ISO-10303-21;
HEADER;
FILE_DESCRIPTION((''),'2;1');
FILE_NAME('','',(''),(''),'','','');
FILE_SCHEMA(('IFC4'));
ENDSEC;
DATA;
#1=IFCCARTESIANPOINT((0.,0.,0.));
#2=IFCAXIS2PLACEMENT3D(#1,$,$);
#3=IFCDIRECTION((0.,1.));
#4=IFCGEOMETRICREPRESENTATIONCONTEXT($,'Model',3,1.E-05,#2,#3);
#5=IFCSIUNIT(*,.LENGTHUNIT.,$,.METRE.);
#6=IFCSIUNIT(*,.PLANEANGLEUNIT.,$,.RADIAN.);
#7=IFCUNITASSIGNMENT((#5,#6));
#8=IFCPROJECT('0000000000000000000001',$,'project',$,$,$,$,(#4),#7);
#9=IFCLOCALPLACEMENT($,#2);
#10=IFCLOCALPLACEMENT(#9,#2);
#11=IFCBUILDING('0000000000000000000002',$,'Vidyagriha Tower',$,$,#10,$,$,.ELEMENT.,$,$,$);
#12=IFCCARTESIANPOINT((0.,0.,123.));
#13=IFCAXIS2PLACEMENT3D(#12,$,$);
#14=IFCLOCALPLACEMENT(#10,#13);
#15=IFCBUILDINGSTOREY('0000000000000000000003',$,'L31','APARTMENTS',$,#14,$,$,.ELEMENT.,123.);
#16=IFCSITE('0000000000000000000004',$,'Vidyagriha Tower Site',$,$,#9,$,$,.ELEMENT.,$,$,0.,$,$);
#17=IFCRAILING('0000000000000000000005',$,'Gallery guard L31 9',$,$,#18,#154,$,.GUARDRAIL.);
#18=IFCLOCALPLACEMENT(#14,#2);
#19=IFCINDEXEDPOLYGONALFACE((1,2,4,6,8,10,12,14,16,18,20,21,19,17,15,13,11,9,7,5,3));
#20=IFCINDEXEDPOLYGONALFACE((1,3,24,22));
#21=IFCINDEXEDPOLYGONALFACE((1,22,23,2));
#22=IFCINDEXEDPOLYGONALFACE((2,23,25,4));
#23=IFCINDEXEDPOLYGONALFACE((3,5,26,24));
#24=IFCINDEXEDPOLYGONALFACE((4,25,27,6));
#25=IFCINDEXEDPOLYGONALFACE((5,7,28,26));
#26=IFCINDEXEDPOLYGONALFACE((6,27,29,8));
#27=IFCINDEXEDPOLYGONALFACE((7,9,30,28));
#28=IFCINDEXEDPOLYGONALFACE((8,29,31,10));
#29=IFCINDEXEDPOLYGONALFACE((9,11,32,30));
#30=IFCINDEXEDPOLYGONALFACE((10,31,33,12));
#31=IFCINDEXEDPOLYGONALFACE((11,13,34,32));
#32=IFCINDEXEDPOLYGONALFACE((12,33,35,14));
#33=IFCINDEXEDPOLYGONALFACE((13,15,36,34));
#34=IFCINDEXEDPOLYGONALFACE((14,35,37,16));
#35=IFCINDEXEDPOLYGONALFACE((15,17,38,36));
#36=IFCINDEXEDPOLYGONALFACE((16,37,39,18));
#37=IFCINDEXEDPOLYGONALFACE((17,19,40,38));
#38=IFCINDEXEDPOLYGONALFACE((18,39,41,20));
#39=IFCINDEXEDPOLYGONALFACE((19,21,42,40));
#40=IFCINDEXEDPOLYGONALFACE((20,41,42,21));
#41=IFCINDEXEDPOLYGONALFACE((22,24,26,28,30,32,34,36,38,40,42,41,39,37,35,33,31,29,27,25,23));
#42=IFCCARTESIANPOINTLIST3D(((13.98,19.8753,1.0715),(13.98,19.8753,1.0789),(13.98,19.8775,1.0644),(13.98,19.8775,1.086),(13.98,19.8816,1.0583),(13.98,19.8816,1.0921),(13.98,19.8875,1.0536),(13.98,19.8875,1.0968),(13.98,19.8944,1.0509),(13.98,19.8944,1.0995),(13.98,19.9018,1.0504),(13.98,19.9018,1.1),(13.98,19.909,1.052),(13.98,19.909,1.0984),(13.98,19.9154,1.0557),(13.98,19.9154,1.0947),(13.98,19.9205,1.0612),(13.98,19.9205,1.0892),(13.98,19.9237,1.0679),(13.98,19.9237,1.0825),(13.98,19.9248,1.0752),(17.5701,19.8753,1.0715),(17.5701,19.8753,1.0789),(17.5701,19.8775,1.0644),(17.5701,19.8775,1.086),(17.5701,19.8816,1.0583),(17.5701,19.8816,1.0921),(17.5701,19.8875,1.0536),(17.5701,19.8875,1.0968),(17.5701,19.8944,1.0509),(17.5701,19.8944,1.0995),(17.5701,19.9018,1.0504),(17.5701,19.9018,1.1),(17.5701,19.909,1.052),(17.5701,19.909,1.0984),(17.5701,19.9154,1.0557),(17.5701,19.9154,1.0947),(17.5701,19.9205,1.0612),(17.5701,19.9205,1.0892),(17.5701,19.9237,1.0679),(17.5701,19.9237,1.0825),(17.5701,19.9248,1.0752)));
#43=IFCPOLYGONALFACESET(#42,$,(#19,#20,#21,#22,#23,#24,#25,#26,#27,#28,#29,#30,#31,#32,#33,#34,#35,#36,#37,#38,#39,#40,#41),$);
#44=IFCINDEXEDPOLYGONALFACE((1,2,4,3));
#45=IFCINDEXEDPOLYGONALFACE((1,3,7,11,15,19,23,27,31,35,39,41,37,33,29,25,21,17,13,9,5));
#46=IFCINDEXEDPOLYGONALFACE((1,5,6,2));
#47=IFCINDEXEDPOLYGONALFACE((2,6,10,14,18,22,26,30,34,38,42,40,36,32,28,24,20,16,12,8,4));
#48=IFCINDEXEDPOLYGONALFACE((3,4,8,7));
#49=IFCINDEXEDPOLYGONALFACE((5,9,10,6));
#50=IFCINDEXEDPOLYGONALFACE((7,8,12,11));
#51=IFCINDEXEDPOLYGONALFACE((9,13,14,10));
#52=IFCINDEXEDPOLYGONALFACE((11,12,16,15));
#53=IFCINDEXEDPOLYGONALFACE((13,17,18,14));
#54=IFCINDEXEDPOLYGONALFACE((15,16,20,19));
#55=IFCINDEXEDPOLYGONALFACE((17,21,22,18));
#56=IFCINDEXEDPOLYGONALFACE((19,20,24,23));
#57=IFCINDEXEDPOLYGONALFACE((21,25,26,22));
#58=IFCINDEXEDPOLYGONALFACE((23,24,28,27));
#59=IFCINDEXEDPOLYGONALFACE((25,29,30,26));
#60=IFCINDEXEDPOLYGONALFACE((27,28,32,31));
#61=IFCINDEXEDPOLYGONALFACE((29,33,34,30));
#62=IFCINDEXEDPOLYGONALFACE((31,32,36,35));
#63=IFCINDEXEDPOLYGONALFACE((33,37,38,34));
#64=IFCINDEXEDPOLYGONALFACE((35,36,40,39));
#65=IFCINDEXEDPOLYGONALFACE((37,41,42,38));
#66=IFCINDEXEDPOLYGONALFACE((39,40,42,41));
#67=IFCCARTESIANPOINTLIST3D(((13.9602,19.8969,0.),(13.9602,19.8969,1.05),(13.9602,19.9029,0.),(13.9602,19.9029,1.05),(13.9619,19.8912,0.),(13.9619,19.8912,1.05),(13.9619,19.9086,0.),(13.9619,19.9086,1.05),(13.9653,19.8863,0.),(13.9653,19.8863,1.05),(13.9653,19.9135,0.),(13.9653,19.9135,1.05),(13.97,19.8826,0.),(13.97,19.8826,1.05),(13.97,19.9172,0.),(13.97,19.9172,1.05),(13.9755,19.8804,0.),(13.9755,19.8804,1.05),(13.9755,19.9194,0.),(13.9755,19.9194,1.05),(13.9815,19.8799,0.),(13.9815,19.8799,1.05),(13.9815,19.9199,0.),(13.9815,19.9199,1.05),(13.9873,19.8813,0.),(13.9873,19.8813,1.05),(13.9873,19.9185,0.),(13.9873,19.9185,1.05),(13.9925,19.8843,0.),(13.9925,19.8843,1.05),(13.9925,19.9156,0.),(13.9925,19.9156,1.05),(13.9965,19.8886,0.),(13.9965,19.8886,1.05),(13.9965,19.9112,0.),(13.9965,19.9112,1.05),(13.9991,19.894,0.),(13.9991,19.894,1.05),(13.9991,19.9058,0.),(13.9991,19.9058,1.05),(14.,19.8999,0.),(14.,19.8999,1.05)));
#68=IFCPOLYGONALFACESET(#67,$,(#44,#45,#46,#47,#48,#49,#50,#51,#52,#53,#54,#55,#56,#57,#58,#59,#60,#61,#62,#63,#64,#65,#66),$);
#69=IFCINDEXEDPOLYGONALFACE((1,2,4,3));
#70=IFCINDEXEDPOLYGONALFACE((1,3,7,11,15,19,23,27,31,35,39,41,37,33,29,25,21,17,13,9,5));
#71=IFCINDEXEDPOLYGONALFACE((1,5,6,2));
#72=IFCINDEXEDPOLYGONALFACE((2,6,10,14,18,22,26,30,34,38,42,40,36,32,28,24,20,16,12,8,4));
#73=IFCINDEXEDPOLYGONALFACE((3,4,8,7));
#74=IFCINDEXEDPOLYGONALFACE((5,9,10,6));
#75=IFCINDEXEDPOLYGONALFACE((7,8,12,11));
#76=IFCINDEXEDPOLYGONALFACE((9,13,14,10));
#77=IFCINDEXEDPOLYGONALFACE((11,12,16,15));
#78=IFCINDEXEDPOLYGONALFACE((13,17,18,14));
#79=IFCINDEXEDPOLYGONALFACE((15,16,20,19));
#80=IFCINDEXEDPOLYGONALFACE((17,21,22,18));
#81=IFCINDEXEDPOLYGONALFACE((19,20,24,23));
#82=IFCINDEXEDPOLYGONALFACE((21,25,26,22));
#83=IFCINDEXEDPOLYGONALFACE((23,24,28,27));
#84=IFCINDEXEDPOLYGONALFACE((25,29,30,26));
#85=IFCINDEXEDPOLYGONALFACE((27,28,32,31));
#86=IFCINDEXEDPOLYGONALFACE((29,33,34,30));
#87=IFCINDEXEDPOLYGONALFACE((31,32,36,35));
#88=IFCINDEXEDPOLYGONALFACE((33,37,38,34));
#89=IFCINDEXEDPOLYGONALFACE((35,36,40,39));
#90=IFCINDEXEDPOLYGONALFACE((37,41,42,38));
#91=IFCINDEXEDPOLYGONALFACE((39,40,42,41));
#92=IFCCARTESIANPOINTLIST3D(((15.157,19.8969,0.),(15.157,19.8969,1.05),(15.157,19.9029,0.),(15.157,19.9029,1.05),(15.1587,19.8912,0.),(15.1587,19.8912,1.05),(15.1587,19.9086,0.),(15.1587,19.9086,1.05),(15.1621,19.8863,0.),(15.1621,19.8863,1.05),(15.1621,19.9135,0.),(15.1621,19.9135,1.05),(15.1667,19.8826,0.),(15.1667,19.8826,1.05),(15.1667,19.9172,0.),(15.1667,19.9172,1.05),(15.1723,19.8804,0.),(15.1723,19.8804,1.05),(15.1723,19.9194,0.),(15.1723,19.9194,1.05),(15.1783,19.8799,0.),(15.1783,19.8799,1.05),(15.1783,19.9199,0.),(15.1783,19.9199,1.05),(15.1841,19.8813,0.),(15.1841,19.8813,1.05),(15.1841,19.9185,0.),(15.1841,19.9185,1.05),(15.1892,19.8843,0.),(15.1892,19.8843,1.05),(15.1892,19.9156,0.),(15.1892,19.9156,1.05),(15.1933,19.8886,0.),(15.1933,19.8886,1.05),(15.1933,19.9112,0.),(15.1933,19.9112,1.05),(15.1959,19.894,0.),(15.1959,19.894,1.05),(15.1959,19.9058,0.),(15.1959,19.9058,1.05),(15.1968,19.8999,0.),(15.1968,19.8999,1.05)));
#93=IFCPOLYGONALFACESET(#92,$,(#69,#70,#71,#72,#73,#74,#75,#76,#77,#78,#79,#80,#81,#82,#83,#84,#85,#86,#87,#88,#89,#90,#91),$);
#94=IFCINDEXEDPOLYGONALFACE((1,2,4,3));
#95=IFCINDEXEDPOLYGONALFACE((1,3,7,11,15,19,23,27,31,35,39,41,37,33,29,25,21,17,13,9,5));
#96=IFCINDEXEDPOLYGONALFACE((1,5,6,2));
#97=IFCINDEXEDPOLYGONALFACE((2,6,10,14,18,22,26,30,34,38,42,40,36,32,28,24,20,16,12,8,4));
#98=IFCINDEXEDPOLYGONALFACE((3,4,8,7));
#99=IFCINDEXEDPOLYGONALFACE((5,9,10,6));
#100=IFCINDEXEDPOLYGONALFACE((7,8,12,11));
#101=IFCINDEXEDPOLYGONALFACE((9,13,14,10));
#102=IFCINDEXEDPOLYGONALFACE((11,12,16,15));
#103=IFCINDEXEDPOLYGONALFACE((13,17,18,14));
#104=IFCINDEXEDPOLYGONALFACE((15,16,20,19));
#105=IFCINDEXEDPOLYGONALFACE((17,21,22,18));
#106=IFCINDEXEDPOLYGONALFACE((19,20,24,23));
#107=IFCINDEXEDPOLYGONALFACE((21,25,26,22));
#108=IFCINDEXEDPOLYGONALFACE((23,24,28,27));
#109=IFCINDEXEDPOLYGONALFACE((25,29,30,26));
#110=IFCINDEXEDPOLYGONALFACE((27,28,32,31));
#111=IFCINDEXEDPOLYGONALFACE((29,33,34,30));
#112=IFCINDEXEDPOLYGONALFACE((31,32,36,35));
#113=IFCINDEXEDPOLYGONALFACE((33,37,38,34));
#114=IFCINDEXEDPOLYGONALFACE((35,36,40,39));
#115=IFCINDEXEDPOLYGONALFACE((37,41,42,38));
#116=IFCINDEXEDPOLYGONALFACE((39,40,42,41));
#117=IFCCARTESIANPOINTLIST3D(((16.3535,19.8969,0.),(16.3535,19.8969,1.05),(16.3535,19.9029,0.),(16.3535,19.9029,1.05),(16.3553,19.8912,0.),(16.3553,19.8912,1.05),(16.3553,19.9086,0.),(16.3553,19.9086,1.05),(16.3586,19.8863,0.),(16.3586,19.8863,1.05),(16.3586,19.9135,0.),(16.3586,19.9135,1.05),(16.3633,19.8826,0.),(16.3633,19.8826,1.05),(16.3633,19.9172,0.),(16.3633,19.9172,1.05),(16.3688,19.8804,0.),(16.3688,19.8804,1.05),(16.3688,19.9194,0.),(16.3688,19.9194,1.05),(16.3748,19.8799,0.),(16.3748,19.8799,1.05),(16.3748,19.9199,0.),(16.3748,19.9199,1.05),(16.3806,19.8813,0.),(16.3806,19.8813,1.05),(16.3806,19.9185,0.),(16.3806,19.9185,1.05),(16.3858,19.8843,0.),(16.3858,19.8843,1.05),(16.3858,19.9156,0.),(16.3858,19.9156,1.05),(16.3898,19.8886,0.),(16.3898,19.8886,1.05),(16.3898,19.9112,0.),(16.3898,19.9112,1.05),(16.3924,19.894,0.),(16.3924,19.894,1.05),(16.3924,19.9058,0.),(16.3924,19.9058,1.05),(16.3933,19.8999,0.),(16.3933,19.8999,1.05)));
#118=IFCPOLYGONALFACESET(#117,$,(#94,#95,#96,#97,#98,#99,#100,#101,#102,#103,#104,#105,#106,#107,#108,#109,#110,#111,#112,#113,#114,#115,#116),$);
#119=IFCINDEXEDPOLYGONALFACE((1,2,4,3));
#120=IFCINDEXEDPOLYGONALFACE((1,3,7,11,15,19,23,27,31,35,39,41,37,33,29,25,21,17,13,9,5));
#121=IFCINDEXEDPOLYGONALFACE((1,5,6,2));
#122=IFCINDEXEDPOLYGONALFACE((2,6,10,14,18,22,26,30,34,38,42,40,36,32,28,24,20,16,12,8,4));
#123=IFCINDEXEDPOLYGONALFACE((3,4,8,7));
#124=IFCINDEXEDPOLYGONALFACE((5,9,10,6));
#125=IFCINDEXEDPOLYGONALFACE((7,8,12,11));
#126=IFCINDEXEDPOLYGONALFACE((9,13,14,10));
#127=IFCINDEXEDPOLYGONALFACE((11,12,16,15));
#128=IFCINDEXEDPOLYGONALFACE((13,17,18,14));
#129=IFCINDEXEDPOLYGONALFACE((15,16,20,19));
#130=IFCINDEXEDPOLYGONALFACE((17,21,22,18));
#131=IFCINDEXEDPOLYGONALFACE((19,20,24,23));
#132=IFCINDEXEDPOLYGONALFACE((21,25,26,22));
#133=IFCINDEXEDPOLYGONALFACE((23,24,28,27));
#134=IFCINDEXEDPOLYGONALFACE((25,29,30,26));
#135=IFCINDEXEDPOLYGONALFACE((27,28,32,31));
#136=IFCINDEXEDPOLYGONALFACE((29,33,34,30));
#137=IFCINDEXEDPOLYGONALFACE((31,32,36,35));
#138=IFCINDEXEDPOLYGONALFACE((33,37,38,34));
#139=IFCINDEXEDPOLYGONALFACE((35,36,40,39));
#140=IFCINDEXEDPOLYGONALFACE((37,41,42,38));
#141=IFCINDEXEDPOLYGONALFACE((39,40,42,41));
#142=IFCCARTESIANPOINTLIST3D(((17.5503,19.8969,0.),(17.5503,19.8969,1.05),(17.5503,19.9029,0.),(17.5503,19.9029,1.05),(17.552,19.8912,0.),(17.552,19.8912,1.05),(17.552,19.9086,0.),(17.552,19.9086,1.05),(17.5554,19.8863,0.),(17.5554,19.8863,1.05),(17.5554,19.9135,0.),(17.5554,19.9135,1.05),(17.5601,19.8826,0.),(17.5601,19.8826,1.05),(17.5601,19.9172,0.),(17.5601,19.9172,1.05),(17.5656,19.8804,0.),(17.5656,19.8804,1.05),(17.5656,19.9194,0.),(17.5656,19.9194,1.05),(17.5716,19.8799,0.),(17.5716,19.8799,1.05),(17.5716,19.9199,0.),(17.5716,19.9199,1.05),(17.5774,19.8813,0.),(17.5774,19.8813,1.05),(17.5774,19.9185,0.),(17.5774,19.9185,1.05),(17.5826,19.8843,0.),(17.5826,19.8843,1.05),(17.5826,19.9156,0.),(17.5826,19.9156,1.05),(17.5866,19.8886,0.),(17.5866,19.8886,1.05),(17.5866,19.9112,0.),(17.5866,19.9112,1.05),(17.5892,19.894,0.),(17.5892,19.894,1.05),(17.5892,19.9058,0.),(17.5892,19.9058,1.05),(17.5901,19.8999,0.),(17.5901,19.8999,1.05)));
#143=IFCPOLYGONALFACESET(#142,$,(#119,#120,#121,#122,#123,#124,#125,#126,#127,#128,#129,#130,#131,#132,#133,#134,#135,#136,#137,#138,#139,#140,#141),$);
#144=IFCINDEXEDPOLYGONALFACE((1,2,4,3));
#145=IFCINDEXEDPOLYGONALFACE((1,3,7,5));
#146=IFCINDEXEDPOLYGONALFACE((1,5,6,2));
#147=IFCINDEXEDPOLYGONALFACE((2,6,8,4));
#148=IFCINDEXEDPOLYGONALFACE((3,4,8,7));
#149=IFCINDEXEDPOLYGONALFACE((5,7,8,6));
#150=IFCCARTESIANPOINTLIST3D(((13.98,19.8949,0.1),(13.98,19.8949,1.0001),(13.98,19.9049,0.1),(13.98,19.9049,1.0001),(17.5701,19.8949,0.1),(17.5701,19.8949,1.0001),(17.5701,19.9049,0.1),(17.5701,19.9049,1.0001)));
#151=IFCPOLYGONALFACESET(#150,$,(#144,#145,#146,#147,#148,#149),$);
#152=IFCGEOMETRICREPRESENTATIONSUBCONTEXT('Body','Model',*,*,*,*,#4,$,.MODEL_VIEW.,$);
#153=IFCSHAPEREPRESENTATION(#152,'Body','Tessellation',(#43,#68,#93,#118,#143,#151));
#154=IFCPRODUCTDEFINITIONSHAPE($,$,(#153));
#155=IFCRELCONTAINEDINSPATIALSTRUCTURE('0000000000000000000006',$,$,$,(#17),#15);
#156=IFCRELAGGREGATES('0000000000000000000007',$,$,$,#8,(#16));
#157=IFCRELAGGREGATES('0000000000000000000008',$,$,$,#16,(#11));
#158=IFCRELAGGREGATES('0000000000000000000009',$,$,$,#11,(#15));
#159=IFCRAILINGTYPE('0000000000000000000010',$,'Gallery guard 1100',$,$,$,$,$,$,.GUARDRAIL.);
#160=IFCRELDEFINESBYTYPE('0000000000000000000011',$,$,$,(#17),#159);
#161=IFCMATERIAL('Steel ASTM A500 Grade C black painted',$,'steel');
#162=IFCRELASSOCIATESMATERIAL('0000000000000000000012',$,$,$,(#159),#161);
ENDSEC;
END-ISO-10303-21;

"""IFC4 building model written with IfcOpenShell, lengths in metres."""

from ifc_helpers import new_model, si_unit, direction, frame, origin, origin_2d, place, context, subcontext, project, spatial, rectangle, circle, extrude, material, type_object, element, save


model = new_model("IFC4")

# Units and contexts
model_context = context("Model", 3, precision=1e-05, world=origin(), true_north=direction((0.0, 1.0)))
body_context = subcontext(model_context, "Body", "Model", "MODEL_VIEW")
ifc_project = project(units=[si_unit("LENGTHUNIT", "METRE"), si_unit("PLANEANGLEUNIT", "RADIAN")], contexts=[model_context])

# Site, building, storey
site_placement = place(None, origin())
site = spatial("IfcSite", under=ifc_project, at=site_placement, Name="Vidyagriha Tower Site", CompositionType="ELEMENT", RefElevation=0.0)
building_placement = place(site_placement, origin())
building = spatial("IfcBuilding", under=site, at=building_placement, Name="Vidyagriha Tower", CompositionType="ELEMENT")
storey_placement = place(building_placement, frame((0.0, 0.0, 123.0)))
storey = spatial("IfcBuildingStorey", under=building, at=storey_placement, Name="L31", Description="APARTMENTS", CompositionType="ELEMENT", Elevation=123.0)

# Railing
ifc_material_1 = material(Name="Steel ASTM A500 Grade C black painted", Category="steel")
railing_type_1 = type_object("IfcRailingType", Name="Gallery guard 1100", PredefinedType="GUARDRAIL", material=ifc_material_1)
railing_1_placement = place(storey_placement, frame((13.98, 19.8999, 0.0)))
element("IfcRailing", 1, at=railing_1_placement, inside=storey, type_object=railing_type_1, Name="Gallery guard L31 9", PredefinedType="GUARDRAIL", context=body_context, shape_type="SweptSolid", body=[
    extrude(circle(Radius=0.0249, at=origin_2d()), frame((0.0, 0.0, 1.0752), z_axis=(1.0, 0.0, 0.0), x_axis=(0.0, 1.0, 0.0)), (0.0, 0.0, 1.0), 3.5901),
    extrude(circle(Radius=0.02, at=origin_2d()), origin(), (0.0, 0.0, 1.0), 1.05),
    extrude(circle(Radius=0.02, at=origin_2d()), frame((1.1968, 0.0, 0.0)), (0.0, 0.0, 1.0), 1.05),
    extrude(circle(Radius=0.02, at=origin_2d()), frame((2.3933, 0.0, 0.0)), (0.0, 0.0, 1.0), 1.05),
    extrude(circle(Radius=0.02, at=origin_2d()), frame((3.5901, 0.0, 0.0)), (0.0, 0.0, 1.0), 1.05),
    extrude(rectangle(XDim=0.01, YDim=0.9001, at=origin_2d()), frame((0.0, 0.0, 0.55), z_axis=(1.0, 0.0, 0.0), x_axis=(0.0, 1.0, 0.0)), (0.0, 0.0, 1.0), 3.5901),
])

save(model, "model.ifc")
